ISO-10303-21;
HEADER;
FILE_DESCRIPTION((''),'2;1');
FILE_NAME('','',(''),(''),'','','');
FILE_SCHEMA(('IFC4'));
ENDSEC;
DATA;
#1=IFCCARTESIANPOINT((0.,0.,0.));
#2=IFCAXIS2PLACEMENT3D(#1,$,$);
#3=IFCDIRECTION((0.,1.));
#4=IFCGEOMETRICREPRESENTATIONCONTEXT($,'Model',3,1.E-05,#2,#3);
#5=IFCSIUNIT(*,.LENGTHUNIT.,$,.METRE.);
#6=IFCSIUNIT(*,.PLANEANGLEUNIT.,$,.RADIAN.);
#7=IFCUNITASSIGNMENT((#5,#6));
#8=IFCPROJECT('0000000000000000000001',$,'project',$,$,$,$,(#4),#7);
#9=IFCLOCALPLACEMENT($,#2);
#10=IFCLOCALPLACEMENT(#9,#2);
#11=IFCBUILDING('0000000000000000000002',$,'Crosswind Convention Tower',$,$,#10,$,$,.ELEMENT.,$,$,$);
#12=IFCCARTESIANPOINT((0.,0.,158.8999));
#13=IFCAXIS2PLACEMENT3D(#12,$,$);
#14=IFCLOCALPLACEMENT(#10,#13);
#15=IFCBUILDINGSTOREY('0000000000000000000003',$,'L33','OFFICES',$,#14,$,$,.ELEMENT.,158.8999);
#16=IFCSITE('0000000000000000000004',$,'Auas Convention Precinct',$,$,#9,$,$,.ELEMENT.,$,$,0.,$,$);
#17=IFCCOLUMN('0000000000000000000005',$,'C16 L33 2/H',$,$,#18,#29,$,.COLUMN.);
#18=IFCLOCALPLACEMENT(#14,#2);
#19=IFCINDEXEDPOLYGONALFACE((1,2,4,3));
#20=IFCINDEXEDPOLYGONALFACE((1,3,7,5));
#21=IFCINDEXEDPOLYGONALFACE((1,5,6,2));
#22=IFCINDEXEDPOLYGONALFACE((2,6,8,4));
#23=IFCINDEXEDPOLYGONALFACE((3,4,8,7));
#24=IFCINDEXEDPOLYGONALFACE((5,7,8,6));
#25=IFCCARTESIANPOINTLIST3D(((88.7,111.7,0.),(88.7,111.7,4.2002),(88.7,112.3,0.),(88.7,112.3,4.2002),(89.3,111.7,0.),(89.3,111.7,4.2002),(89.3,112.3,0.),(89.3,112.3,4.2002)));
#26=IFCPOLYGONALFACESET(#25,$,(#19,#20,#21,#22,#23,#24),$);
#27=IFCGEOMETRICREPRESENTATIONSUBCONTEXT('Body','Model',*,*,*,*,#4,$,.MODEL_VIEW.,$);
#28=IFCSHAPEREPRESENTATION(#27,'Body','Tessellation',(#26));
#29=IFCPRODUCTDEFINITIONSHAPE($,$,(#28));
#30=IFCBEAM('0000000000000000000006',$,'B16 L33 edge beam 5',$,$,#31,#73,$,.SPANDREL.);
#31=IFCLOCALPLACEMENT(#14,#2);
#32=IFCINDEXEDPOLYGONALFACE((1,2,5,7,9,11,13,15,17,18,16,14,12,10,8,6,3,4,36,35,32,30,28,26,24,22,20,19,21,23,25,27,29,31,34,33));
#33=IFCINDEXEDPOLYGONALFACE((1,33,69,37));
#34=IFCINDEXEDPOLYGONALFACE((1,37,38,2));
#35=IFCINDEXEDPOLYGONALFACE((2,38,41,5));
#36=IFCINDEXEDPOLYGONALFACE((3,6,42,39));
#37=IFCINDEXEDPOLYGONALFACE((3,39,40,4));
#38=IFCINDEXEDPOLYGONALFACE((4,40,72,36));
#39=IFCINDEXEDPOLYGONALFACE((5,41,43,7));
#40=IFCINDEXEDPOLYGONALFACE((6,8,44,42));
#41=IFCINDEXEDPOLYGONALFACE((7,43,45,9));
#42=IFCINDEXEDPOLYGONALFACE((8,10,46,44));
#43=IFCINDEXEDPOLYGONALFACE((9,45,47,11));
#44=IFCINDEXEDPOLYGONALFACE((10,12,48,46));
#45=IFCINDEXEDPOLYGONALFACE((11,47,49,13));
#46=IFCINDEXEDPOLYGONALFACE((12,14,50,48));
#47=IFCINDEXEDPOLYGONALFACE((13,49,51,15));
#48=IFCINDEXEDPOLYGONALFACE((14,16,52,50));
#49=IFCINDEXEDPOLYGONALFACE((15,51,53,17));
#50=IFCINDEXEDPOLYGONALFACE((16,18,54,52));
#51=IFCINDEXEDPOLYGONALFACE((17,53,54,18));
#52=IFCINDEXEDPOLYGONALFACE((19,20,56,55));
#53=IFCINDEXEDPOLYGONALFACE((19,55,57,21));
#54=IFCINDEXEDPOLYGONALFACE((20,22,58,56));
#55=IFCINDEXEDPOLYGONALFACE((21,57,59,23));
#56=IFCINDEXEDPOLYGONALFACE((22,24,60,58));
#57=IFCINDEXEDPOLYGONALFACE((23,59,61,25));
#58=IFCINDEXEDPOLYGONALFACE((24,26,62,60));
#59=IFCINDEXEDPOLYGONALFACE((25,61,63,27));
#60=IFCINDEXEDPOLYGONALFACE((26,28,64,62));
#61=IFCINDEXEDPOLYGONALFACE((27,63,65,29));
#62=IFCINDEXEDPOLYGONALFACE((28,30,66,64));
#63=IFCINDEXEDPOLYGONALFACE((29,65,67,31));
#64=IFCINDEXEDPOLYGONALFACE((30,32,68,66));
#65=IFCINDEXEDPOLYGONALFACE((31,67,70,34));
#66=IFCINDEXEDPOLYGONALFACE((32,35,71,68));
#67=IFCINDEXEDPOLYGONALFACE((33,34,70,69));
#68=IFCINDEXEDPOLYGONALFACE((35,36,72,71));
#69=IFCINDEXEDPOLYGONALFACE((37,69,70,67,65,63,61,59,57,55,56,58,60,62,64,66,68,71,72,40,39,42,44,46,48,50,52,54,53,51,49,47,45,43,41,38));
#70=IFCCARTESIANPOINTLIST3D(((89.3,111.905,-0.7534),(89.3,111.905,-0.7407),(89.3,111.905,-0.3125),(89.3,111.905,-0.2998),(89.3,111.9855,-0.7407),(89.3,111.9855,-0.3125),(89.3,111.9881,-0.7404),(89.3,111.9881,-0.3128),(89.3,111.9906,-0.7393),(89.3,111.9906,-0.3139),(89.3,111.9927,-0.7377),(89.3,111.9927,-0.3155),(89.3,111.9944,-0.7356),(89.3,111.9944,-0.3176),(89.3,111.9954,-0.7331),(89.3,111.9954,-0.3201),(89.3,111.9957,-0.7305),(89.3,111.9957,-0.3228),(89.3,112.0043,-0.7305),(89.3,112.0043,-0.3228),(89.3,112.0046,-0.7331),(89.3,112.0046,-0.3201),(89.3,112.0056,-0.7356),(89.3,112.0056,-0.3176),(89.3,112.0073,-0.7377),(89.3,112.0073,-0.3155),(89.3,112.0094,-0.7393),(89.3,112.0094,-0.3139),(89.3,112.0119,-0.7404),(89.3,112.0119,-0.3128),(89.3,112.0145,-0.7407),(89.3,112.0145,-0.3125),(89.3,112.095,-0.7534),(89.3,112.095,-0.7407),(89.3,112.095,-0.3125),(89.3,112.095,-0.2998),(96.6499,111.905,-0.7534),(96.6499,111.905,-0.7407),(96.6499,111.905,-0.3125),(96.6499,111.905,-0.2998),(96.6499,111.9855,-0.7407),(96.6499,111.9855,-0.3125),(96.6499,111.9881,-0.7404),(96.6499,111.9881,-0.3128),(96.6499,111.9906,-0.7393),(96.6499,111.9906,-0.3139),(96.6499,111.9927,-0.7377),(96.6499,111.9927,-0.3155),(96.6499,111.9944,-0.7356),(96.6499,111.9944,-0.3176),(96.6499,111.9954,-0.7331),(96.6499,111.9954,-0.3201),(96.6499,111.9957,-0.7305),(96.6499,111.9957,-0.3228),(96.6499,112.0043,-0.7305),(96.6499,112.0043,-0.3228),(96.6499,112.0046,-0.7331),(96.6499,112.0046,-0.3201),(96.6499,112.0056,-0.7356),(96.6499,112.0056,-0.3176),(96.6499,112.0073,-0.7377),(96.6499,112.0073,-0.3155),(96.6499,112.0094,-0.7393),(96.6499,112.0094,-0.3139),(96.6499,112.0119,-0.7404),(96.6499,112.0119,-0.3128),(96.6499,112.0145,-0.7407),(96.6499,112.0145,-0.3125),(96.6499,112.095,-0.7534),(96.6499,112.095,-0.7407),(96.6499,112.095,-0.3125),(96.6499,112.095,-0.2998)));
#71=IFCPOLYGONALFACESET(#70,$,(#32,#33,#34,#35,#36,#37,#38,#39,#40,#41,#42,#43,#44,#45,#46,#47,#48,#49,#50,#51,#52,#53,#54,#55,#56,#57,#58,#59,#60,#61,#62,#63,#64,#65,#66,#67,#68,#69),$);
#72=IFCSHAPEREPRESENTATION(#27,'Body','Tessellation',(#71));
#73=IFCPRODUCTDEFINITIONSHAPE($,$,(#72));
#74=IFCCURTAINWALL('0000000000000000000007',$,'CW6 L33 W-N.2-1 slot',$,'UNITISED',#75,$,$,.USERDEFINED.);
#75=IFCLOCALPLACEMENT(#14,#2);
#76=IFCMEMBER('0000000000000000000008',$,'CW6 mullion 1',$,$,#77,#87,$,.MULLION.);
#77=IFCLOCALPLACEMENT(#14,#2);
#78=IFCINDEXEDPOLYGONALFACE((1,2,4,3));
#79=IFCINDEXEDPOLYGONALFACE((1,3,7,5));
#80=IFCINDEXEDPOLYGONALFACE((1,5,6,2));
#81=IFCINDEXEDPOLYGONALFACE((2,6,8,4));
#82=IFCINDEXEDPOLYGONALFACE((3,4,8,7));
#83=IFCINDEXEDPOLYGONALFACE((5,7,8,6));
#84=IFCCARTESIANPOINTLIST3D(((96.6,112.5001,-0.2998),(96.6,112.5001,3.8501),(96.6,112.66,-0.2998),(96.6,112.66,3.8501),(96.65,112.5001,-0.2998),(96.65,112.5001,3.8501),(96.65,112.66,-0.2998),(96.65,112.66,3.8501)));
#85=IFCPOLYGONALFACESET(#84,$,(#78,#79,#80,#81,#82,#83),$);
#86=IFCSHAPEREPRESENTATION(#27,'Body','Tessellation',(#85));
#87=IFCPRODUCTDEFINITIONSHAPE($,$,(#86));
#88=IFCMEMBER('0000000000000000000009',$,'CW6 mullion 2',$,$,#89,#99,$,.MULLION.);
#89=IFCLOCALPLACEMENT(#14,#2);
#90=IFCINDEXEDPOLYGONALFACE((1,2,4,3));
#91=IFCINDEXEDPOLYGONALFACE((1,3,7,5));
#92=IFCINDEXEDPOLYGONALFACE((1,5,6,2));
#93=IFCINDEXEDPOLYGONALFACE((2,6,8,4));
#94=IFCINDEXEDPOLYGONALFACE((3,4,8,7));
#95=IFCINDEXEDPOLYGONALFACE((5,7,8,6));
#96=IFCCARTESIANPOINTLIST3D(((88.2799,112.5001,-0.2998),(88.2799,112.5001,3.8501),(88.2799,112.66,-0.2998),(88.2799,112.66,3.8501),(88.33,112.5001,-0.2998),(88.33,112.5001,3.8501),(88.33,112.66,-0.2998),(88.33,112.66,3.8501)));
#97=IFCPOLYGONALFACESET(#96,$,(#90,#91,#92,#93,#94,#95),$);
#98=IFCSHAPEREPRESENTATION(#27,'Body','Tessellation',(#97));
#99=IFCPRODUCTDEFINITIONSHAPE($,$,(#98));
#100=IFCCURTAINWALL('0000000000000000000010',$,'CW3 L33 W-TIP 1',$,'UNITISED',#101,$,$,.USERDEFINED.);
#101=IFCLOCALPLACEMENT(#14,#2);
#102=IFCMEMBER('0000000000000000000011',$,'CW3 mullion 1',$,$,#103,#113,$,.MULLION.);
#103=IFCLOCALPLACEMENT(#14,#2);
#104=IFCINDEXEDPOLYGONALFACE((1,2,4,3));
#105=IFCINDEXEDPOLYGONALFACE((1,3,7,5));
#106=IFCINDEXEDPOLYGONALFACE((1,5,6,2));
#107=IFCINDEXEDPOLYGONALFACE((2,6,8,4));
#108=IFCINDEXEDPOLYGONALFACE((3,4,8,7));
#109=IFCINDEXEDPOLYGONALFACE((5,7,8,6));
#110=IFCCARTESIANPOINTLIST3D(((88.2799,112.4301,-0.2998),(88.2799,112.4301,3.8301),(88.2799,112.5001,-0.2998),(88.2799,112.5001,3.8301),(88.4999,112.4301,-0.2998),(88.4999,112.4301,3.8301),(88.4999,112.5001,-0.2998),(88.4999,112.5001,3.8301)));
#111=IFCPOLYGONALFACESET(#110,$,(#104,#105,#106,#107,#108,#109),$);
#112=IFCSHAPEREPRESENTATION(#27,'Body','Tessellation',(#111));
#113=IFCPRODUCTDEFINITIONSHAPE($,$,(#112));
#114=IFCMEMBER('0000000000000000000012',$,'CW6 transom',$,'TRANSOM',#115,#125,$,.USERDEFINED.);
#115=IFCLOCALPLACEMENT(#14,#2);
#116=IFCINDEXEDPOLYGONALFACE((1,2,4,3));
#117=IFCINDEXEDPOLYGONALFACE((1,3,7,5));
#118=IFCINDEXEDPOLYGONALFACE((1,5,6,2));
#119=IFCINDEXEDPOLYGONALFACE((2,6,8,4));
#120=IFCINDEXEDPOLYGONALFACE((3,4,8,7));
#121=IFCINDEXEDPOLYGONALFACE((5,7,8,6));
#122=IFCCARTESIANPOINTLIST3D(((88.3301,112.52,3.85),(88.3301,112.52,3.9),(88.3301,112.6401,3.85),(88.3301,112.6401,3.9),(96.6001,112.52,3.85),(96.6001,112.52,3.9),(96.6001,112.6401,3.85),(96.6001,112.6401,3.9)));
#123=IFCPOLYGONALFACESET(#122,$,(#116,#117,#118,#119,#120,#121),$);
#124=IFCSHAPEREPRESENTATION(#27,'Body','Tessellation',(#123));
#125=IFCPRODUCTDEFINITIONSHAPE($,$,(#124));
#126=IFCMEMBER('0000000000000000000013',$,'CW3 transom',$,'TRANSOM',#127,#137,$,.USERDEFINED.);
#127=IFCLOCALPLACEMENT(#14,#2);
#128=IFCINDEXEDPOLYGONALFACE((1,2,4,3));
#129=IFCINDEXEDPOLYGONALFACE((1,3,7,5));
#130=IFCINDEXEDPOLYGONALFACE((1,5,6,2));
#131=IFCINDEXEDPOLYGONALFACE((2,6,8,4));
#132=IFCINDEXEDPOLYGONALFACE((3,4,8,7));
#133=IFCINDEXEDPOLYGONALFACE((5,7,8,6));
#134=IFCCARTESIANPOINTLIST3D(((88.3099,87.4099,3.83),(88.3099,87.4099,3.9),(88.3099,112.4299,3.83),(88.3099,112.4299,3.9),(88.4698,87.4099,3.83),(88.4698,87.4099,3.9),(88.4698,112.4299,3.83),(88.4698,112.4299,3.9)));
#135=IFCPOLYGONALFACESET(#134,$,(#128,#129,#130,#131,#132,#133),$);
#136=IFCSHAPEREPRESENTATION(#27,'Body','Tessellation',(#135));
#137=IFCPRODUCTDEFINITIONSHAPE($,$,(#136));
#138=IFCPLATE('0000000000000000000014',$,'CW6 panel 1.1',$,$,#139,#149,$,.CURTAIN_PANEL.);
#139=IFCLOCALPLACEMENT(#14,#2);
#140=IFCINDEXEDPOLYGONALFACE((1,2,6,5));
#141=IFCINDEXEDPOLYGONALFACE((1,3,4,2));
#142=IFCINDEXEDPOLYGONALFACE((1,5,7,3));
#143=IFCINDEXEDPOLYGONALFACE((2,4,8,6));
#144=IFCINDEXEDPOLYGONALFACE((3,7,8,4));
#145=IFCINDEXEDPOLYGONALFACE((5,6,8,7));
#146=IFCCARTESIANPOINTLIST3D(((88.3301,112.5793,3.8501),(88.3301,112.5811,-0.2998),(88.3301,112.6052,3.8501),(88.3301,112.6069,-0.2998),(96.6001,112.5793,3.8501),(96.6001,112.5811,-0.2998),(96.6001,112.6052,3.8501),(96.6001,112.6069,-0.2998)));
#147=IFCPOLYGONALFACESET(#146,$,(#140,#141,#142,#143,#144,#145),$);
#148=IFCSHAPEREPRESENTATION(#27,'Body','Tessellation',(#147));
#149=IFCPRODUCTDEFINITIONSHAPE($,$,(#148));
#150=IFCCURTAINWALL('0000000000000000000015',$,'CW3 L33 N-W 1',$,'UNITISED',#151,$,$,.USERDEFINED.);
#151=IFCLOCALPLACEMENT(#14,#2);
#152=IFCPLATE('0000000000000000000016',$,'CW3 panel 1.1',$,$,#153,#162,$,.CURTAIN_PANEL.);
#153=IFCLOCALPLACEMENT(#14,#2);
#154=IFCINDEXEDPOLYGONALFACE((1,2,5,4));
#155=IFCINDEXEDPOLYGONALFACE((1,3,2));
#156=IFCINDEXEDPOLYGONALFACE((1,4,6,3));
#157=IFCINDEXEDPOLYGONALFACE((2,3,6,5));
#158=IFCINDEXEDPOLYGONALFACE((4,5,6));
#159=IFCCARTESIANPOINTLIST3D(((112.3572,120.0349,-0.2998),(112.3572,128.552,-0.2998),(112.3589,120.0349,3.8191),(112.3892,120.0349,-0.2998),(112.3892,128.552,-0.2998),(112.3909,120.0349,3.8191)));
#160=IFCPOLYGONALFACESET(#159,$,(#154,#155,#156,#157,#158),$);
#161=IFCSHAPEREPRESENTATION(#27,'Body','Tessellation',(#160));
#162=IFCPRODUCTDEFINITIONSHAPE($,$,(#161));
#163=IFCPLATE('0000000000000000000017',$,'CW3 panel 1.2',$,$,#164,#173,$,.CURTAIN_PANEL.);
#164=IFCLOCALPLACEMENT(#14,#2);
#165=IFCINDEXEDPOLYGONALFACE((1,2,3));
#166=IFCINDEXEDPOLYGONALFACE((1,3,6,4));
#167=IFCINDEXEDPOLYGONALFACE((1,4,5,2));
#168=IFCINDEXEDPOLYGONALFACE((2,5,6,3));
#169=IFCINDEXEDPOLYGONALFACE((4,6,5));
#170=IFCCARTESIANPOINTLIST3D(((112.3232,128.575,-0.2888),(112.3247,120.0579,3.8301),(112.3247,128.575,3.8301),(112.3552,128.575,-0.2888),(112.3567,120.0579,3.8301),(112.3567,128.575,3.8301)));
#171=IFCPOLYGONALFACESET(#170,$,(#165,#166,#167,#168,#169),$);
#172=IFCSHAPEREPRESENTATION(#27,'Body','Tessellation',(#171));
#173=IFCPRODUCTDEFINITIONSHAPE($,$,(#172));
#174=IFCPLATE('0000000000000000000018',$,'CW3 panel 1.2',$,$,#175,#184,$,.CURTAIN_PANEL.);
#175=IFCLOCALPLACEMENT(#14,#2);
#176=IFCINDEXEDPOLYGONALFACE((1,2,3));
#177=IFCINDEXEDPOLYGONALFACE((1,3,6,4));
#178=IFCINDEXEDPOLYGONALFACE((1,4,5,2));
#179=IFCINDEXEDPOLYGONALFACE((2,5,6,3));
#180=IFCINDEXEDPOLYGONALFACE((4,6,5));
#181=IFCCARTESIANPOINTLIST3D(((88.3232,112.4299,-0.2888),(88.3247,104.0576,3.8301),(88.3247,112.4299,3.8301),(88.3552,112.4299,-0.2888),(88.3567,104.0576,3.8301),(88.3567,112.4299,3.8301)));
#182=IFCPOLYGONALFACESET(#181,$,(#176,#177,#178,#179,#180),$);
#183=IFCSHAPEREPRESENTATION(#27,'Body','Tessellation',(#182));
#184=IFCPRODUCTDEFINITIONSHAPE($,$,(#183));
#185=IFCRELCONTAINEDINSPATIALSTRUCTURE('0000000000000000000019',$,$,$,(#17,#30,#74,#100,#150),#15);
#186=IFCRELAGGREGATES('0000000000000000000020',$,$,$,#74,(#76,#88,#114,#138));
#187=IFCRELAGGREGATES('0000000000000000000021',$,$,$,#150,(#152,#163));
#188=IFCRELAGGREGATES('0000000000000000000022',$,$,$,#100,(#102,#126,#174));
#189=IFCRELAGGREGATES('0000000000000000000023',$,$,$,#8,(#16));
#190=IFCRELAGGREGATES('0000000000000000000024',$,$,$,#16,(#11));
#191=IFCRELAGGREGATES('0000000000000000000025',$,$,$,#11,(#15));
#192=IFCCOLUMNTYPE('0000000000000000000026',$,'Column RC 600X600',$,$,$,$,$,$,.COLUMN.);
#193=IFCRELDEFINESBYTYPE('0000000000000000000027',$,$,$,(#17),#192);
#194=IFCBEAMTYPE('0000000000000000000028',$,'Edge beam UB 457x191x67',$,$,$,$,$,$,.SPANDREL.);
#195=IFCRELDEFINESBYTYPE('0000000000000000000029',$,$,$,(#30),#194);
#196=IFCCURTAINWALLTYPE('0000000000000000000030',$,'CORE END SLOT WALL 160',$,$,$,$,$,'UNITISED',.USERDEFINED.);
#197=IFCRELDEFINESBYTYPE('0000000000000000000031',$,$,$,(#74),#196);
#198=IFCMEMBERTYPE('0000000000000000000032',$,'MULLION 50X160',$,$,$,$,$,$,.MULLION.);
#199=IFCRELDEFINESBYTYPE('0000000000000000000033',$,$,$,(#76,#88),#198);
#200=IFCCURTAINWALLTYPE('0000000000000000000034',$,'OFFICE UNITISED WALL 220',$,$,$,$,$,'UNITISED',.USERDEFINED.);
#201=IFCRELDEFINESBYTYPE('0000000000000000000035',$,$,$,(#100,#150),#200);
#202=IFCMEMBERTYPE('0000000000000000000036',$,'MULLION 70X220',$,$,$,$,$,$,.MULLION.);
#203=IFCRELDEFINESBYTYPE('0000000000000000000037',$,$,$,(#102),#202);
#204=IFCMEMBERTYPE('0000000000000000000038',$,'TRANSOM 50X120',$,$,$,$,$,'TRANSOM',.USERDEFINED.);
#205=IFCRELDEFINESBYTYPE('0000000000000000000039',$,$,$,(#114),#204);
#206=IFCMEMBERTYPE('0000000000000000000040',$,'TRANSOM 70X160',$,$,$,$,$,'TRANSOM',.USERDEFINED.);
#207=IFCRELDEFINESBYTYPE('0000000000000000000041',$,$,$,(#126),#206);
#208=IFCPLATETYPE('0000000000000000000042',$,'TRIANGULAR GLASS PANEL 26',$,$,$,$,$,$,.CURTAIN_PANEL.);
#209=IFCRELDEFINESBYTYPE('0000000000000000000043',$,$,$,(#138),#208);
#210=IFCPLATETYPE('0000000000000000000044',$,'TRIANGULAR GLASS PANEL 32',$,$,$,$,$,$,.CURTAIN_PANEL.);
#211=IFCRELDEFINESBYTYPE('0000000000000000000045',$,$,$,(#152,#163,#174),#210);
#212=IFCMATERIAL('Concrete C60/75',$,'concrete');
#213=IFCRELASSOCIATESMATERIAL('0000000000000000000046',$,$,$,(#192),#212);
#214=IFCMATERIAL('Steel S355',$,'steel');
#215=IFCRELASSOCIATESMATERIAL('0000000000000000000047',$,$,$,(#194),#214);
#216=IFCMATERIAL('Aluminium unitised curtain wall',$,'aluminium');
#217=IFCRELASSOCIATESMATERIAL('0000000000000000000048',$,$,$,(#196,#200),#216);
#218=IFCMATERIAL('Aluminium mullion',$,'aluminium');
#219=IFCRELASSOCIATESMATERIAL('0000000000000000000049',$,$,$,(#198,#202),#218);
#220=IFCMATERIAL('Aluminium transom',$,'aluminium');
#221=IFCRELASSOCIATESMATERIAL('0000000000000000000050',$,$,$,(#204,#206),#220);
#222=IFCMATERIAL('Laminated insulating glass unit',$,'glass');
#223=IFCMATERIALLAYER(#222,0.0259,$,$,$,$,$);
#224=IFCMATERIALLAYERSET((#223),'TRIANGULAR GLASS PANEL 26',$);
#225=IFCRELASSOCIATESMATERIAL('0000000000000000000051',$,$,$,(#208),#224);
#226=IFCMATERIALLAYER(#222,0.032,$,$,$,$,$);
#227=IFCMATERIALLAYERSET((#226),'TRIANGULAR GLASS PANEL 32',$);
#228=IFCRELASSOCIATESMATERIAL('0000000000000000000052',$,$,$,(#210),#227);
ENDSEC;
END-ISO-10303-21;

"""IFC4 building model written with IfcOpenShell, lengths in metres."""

from ifc_helpers import new_model, si_unit, direction, frame, origin, origin_2d, place, context, subcontext, project, spatial, polyline, rectangle, i_section, outline, extrude, material, layer, layer_set, material_profile, profile_set, type_object, element, aggregate, save


model = new_model("IFC4")

# Units and contexts
model_context = context("Model", 3, precision=1e-05, world=origin(), true_north=direction((0.0, 1.0)))
body_context = subcontext(model_context, "Body", "Model", "MODEL_VIEW")
ifc_project = project(units=[si_unit("LENGTHUNIT", "METRE"), si_unit("PLANEANGLEUNIT", "RADIAN")], contexts=[model_context])

# Site, building, storey
site_placement = place(None, origin())
site = spatial("IfcSite", under=ifc_project, at=site_placement, Name="Auas Convention Precinct", CompositionType="ELEMENT", RefElevation=0.0)
building_placement = place(site_placement, origin())
building = spatial("IfcBuilding", under=site, at=building_placement, Name="Crosswind Convention Tower", CompositionType="ELEMENT")
storey_placement = place(building_placement, frame((0.0, 0.0, 158.8999)))
storey = spatial("IfcBuildingStorey", under=building, at=storey_placement, Name="L33", Description="OFFICES", CompositionType="ELEMENT", Elevation=158.8999)

# Column
ifc_material_1 = material(Name="Concrete C60/75", Category="concrete")
ifc_material_profile_1 = material_profile(ifc_material_1, rectangle(XDim=0.6001, YDim=0.6001, at=origin_2d()), Name="RC 600X600")
ifc_profile_set_1 = profile_set([ifc_material_profile_1], Name="Concrete C60/75")
column_type = type_object("IfcColumnType", Name="Column RC 600X600", PredefinedType="COLUMN", material=ifc_profile_set_1)
column_placement = place(storey_placement, frame((89.0, 112.0, 0.0), z_axis=(0.0, 0.0, 1.0), x_axis=(1.0, 0.0, 0.0)))
element("IfcColumn", 1, at=column_placement, inside=storey, type_object=column_type, Name="C16 L33 2/H", PredefinedType="COLUMN", context=body_context, shape_type="SweptSolid", body=[
    extrude(rectangle(XDim=0.6001, YDim=0.6001, at=origin_2d()), origin(), (0.0, 0.0, 1.0), 4.2002),
])

# Beam
ifc_material_2 = material(Name="Steel S355", Category="steel")
ifc_material_profile_2 = material_profile(ifc_material_2, i_section(OverallWidth=0.1899, OverallDepth=0.4536, WebThickness=0.0085, FlangeThickness=0.0127, FilletRadius=0.0103, at=origin_2d()), Name="UB 457x191x67")
ifc_profile_set_2 = profile_set([ifc_material_profile_2], Name="Steel S355")
beam_type = type_object("IfcBeamType", Name="Edge beam UB 457x191x67", PredefinedType="SPANDREL", material=ifc_profile_set_2)
beam_placement = place(storey_placement, frame((89.3, 112.0, -0.5266), z_axis=(1.0, 0.0, 0.0), x_axis=(0.0, 1.0, 0.0)))
element("IfcBeam", 2, at=beam_placement, inside=storey, type_object=beam_type, Name="B16 L33 edge beam 5", PredefinedType="SPANDREL", context=body_context, shape_type="SweptSolid", body=[
    extrude(i_section(OverallWidth=0.1899, OverallDepth=0.4536, WebThickness=0.0085, FlangeThickness=0.0127, FilletRadius=0.0103, at=origin_2d()), origin(), (0.0, 0.0, 1.0), 7.3499),
])

# Curtain wall, members
ifc_material_3 = material(Name="Aluminium unitised curtain wall", Category="aluminium")
curtain_wall_type_1 = type_object("IfcCurtainWallType", Name="CORE END SLOT WALL 160", ElementType="UNITISED", PredefinedType="USERDEFINED", material=ifc_material_3)
curtain_wall_1_placement = place(storey_placement, origin())
curtain_wall_1 = element("IfcCurtainWall", 3, at=curtain_wall_1_placement, inside=storey, type_object=curtain_wall_type_1, Name="CW6 L33 W-N.2-1 slot", ObjectType="UNITISED", PredefinedType="USERDEFINED")
ifc_material_4 = material(Name="Aluminium mullion", Category="aluminium")
ifc_material_profile_3 = material_profile(ifc_material_4, rectangle(XDim=0.1599, YDim=0.05, at=origin_2d()), Name="AL 160X50")
ifc_profile_set_3 = profile_set([ifc_material_profile_3], Name="Aluminium mullion")
member_type_1 = type_object("IfcMemberType", Name="MULLION 50X160", PredefinedType="MULLION", material=ifc_profile_set_3)
member_1_placement = place(storey_placement, frame((96.625, 112.5801, -0.2998), z_axis=(0.0, 0.0, 1.0), x_axis=(0.0, 1.0, 0.0)))
member_1 = element("IfcMember", 4, at=member_1_placement, type_object=member_type_1, Name="CW6 mullion 1", PredefinedType="MULLION", context=body_context, shape_type="SweptSolid", body=[
    extrude(rectangle(XDim=0.1599, YDim=0.05, at=origin_2d()), origin(), (0.0, 0.0, 1.0), 4.1499),
])
member_2_placement = place(storey_placement, frame((88.3049, 112.5801, -0.2998), z_axis=(0.0, 0.0, 1.0), x_axis=(0.0, 1.0, 0.0)))
member_2 = element("IfcMember", 5, at=member_2_placement, type_object=member_type_1, Name="CW6 mullion 2", PredefinedType="MULLION", context=body_context, shape_type="SweptSolid", body=[
    extrude(rectangle(XDim=0.1599, YDim=0.05, at=origin_2d()), origin(), (0.0, 0.0, 1.0), 4.1499),
])

# Curtain wall, member
curtain_wall_type_2 = type_object("IfcCurtainWallType", Name="OFFICE UNITISED WALL 220", ElementType="UNITISED", PredefinedType="USERDEFINED", material=ifc_material_3)
curtain_wall_2_placement = place(storey_placement, origin())
curtain_wall_2 = element("IfcCurtainWall", 6, at=curtain_wall_2_placement, inside=storey, type_object=curtain_wall_type_2, Name="CW3 L33 W-TIP 1", ObjectType="UNITISED", PredefinedType="USERDEFINED")
ifc_material_profile_4 = material_profile(ifc_material_4, rectangle(XDim=0.22, YDim=0.0701, at=origin_2d()), Name="AL 220X70")
ifc_profile_set_4 = profile_set([ifc_material_profile_4], Name="Aluminium mullion")
member_type_2 = type_object("IfcMemberType", Name="MULLION 70X220", PredefinedType="MULLION", material=ifc_profile_set_4)
member_3_placement = place(storey_placement, frame((88.3899, 112.4651, -0.2998), z_axis=(0.0, 0.0, 1.0), x_axis=(-1.0, 0.0, 0.0)))
member_3 = element("IfcMember", 7, at=member_3_placement, type_object=member_type_2, Name="CW3 mullion 1", PredefinedType="MULLION", context=body_context, shape_type="SweptSolid", body=[
    extrude(rectangle(XDim=0.22, YDim=0.0701, at=origin_2d()), origin(), (0.0, 0.0, 1.0), 4.1299),
])

# Members
ifc_material_5 = material(Name="Aluminium transom", Category="aluminium")
ifc_material_profile_5 = material_profile(ifc_material_5, rectangle(XDim=0.1201, YDim=0.05, at=origin_2d()), Name="AL 120X50")
ifc_profile_set_5 = profile_set([ifc_material_profile_5], Name="Aluminium transom")
member_type_3 = type_object("IfcMemberType", Name="TRANSOM 50X120", ElementType="TRANSOM", PredefinedType="USERDEFINED", material=ifc_profile_set_5)
member_4_placement = place(storey_placement, frame((96.6001, 112.5801, 3.875), z_axis=(-1.0, 0.0, 0.0), x_axis=(0.0, -1.0, 0.0)))
member_4 = element("IfcMember", 8, at=member_4_placement, type_object=member_type_3, Name="CW6 transom", ObjectType="TRANSOM", PredefinedType="USERDEFINED", context=body_context, shape_type="SweptSolid", body=[
    extrude(rectangle(XDim=0.1201, YDim=0.05, at=origin_2d()), origin(), (0.0, 0.0, 1.0), 8.27),
])
ifc_material_profile_6 = material_profile(ifc_material_5, rectangle(XDim=0.1599, YDim=0.0701, at=origin_2d()), Name="AL 160X70")
ifc_profile_set_6 = profile_set([ifc_material_profile_6], Name="Aluminium transom")
member_type_4 = type_object("IfcMemberType", Name="TRANSOM 70X160", ElementType="TRANSOM", PredefinedType="USERDEFINED", material=ifc_profile_set_6)
member_5_placement = place(storey_placement, frame((88.3899, 112.4299, 3.865), z_axis=(0.0, -1.0, 0.0), x_axis=(1.0, 0.0, 0.0)))
member_5 = element("IfcMember", 9, at=member_5_placement, type_object=member_type_4, Name="CW3 transom", ObjectType="TRANSOM", PredefinedType="USERDEFINED", context=body_context, shape_type="SweptSolid", body=[
    extrude(rectangle(XDim=0.1599, YDim=0.0701, at=origin_2d()), origin(), (0.0, 0.0, 1.0), 25.02),
])

# Plate
ifc_material_6 = material(Name="Laminated insulating glass unit", Category="glass")
ifc_layer_1 = layer(ifc_material_6, 0.0259)
ifc_layer_set_1 = layer_set([ifc_layer_1], Name="TRIANGULAR GLASS PANEL 26")
plate_type_1 = type_object("IfcPlateType", Name="TRIANGULAR GLASS PANEL 26", PredefinedType="CURTAIN_PANEL", material=ifc_layer_set_1)
plate_1_placement = place(storey_placement, frame((96.6001, 112.6069, -0.2998), z_axis=(0.0, 1.0, 0.000412), x_axis=(-1.0, 0.0, 0.0)))
plate_1 = element("IfcPlate", 10, at=plate_1_placement, type_object=plate_type_1, Name="CW6 panel 1.1", PredefinedType="CURTAIN_PANEL", context=body_context, shape_type="SweptSolid", body=[
    extrude(outline(polyline([(0.0, 0.0), (8.27, 0.0), (8.27, 4.1499), (0.0, 4.1499), (0.0, 0.0)])), origin(), (0.0, 0.0, -1.0), 0.0259),
])
aggregate(curtain_wall_1, [member_1, member_2, member_4, plate_1])

# Curtain wall, plates
curtain_wall_3_placement = place(storey_placement, origin())
curtain_wall_3 = element("IfcCurtainWall", 11, at=curtain_wall_3_placement, inside=storey, type_object=curtain_wall_type_2, Name="CW3 L33 N-W 1", ObjectType="UNITISED", PredefinedType="USERDEFINED")
ifc_layer_2 = layer(ifc_material_6, 0.032)
ifc_layer_set_2 = layer_set([ifc_layer_2], Name="TRIANGULAR GLASS PANEL 32")
plate_type_2 = type_object("IfcPlateType", Name="TRIANGULAR GLASS PANEL 32", PredefinedType="CURTAIN_PANEL", material=ifc_layer_set_2)
plate_2_placement = place(storey_placement, frame((112.3572, 120.0349, -0.2998), z_axis=(-1.0, 0.0, 0.000415), x_axis=(0.000415, 0.0, 1.0)))
plate_2 = element("IfcPlate", 12, at=plate_2_placement, type_object=plate_type_2, Name="CW3 panel 1.1", PredefinedType="CURTAIN_PANEL", context=body_context, shape_type="SweptSolid", body=[
    extrude(outline(polyline([(0.0, 0.0), (4.1189, 0.0), (0.0, 8.5171), (0.0, 0.0)])), origin(), (0.0, 0.0, -1.0), 0.032),
])
plate_3_placement = place(storey_placement, frame((112.3247, 128.575, 3.8301), z_axis=(-1.0, 0.0, 0.000356), x_axis=(-0.000356, 0.0, -1.0)))
plate_3 = element("IfcPlate", 13, at=plate_3_placement, type_object=plate_type_2, Name="CW3 panel 1.2", PredefinedType="CURTAIN_PANEL", context=body_context, shape_type="SweptSolid", body=[
    extrude(outline(polyline([(0.0, 0.0), (4.1189, 0.0), (0.0, 8.5171), (0.0, 0.0)])), origin(), (0.0, 0.0, -1.0), 0.032),
])

# Plate
plate_4_placement = place(storey_placement, frame((88.3247, 112.4299, 3.8301), z_axis=(-1.0, 0.0, 0.000356), x_axis=(-0.000356, 0.0, -1.0)))
plate_4 = element("IfcPlate", 14, at=plate_4_placement, type_object=plate_type_2, Name="CW3 panel 1.2", PredefinedType="CURTAIN_PANEL", context=body_context, shape_type="SweptSolid", body=[
    extrude(outline(polyline([(0.0, 0.0), (4.1189, 0.0), (0.0, 8.3723), (0.0, 0.0)])), origin(), (0.0, 0.0, -1.0), 0.032),
])

aggregate(curtain_wall_3, [plate_2, plate_3])
aggregate(curtain_wall_2, [member_3, member_5, plate_4])

save(model, "model.ifc")
